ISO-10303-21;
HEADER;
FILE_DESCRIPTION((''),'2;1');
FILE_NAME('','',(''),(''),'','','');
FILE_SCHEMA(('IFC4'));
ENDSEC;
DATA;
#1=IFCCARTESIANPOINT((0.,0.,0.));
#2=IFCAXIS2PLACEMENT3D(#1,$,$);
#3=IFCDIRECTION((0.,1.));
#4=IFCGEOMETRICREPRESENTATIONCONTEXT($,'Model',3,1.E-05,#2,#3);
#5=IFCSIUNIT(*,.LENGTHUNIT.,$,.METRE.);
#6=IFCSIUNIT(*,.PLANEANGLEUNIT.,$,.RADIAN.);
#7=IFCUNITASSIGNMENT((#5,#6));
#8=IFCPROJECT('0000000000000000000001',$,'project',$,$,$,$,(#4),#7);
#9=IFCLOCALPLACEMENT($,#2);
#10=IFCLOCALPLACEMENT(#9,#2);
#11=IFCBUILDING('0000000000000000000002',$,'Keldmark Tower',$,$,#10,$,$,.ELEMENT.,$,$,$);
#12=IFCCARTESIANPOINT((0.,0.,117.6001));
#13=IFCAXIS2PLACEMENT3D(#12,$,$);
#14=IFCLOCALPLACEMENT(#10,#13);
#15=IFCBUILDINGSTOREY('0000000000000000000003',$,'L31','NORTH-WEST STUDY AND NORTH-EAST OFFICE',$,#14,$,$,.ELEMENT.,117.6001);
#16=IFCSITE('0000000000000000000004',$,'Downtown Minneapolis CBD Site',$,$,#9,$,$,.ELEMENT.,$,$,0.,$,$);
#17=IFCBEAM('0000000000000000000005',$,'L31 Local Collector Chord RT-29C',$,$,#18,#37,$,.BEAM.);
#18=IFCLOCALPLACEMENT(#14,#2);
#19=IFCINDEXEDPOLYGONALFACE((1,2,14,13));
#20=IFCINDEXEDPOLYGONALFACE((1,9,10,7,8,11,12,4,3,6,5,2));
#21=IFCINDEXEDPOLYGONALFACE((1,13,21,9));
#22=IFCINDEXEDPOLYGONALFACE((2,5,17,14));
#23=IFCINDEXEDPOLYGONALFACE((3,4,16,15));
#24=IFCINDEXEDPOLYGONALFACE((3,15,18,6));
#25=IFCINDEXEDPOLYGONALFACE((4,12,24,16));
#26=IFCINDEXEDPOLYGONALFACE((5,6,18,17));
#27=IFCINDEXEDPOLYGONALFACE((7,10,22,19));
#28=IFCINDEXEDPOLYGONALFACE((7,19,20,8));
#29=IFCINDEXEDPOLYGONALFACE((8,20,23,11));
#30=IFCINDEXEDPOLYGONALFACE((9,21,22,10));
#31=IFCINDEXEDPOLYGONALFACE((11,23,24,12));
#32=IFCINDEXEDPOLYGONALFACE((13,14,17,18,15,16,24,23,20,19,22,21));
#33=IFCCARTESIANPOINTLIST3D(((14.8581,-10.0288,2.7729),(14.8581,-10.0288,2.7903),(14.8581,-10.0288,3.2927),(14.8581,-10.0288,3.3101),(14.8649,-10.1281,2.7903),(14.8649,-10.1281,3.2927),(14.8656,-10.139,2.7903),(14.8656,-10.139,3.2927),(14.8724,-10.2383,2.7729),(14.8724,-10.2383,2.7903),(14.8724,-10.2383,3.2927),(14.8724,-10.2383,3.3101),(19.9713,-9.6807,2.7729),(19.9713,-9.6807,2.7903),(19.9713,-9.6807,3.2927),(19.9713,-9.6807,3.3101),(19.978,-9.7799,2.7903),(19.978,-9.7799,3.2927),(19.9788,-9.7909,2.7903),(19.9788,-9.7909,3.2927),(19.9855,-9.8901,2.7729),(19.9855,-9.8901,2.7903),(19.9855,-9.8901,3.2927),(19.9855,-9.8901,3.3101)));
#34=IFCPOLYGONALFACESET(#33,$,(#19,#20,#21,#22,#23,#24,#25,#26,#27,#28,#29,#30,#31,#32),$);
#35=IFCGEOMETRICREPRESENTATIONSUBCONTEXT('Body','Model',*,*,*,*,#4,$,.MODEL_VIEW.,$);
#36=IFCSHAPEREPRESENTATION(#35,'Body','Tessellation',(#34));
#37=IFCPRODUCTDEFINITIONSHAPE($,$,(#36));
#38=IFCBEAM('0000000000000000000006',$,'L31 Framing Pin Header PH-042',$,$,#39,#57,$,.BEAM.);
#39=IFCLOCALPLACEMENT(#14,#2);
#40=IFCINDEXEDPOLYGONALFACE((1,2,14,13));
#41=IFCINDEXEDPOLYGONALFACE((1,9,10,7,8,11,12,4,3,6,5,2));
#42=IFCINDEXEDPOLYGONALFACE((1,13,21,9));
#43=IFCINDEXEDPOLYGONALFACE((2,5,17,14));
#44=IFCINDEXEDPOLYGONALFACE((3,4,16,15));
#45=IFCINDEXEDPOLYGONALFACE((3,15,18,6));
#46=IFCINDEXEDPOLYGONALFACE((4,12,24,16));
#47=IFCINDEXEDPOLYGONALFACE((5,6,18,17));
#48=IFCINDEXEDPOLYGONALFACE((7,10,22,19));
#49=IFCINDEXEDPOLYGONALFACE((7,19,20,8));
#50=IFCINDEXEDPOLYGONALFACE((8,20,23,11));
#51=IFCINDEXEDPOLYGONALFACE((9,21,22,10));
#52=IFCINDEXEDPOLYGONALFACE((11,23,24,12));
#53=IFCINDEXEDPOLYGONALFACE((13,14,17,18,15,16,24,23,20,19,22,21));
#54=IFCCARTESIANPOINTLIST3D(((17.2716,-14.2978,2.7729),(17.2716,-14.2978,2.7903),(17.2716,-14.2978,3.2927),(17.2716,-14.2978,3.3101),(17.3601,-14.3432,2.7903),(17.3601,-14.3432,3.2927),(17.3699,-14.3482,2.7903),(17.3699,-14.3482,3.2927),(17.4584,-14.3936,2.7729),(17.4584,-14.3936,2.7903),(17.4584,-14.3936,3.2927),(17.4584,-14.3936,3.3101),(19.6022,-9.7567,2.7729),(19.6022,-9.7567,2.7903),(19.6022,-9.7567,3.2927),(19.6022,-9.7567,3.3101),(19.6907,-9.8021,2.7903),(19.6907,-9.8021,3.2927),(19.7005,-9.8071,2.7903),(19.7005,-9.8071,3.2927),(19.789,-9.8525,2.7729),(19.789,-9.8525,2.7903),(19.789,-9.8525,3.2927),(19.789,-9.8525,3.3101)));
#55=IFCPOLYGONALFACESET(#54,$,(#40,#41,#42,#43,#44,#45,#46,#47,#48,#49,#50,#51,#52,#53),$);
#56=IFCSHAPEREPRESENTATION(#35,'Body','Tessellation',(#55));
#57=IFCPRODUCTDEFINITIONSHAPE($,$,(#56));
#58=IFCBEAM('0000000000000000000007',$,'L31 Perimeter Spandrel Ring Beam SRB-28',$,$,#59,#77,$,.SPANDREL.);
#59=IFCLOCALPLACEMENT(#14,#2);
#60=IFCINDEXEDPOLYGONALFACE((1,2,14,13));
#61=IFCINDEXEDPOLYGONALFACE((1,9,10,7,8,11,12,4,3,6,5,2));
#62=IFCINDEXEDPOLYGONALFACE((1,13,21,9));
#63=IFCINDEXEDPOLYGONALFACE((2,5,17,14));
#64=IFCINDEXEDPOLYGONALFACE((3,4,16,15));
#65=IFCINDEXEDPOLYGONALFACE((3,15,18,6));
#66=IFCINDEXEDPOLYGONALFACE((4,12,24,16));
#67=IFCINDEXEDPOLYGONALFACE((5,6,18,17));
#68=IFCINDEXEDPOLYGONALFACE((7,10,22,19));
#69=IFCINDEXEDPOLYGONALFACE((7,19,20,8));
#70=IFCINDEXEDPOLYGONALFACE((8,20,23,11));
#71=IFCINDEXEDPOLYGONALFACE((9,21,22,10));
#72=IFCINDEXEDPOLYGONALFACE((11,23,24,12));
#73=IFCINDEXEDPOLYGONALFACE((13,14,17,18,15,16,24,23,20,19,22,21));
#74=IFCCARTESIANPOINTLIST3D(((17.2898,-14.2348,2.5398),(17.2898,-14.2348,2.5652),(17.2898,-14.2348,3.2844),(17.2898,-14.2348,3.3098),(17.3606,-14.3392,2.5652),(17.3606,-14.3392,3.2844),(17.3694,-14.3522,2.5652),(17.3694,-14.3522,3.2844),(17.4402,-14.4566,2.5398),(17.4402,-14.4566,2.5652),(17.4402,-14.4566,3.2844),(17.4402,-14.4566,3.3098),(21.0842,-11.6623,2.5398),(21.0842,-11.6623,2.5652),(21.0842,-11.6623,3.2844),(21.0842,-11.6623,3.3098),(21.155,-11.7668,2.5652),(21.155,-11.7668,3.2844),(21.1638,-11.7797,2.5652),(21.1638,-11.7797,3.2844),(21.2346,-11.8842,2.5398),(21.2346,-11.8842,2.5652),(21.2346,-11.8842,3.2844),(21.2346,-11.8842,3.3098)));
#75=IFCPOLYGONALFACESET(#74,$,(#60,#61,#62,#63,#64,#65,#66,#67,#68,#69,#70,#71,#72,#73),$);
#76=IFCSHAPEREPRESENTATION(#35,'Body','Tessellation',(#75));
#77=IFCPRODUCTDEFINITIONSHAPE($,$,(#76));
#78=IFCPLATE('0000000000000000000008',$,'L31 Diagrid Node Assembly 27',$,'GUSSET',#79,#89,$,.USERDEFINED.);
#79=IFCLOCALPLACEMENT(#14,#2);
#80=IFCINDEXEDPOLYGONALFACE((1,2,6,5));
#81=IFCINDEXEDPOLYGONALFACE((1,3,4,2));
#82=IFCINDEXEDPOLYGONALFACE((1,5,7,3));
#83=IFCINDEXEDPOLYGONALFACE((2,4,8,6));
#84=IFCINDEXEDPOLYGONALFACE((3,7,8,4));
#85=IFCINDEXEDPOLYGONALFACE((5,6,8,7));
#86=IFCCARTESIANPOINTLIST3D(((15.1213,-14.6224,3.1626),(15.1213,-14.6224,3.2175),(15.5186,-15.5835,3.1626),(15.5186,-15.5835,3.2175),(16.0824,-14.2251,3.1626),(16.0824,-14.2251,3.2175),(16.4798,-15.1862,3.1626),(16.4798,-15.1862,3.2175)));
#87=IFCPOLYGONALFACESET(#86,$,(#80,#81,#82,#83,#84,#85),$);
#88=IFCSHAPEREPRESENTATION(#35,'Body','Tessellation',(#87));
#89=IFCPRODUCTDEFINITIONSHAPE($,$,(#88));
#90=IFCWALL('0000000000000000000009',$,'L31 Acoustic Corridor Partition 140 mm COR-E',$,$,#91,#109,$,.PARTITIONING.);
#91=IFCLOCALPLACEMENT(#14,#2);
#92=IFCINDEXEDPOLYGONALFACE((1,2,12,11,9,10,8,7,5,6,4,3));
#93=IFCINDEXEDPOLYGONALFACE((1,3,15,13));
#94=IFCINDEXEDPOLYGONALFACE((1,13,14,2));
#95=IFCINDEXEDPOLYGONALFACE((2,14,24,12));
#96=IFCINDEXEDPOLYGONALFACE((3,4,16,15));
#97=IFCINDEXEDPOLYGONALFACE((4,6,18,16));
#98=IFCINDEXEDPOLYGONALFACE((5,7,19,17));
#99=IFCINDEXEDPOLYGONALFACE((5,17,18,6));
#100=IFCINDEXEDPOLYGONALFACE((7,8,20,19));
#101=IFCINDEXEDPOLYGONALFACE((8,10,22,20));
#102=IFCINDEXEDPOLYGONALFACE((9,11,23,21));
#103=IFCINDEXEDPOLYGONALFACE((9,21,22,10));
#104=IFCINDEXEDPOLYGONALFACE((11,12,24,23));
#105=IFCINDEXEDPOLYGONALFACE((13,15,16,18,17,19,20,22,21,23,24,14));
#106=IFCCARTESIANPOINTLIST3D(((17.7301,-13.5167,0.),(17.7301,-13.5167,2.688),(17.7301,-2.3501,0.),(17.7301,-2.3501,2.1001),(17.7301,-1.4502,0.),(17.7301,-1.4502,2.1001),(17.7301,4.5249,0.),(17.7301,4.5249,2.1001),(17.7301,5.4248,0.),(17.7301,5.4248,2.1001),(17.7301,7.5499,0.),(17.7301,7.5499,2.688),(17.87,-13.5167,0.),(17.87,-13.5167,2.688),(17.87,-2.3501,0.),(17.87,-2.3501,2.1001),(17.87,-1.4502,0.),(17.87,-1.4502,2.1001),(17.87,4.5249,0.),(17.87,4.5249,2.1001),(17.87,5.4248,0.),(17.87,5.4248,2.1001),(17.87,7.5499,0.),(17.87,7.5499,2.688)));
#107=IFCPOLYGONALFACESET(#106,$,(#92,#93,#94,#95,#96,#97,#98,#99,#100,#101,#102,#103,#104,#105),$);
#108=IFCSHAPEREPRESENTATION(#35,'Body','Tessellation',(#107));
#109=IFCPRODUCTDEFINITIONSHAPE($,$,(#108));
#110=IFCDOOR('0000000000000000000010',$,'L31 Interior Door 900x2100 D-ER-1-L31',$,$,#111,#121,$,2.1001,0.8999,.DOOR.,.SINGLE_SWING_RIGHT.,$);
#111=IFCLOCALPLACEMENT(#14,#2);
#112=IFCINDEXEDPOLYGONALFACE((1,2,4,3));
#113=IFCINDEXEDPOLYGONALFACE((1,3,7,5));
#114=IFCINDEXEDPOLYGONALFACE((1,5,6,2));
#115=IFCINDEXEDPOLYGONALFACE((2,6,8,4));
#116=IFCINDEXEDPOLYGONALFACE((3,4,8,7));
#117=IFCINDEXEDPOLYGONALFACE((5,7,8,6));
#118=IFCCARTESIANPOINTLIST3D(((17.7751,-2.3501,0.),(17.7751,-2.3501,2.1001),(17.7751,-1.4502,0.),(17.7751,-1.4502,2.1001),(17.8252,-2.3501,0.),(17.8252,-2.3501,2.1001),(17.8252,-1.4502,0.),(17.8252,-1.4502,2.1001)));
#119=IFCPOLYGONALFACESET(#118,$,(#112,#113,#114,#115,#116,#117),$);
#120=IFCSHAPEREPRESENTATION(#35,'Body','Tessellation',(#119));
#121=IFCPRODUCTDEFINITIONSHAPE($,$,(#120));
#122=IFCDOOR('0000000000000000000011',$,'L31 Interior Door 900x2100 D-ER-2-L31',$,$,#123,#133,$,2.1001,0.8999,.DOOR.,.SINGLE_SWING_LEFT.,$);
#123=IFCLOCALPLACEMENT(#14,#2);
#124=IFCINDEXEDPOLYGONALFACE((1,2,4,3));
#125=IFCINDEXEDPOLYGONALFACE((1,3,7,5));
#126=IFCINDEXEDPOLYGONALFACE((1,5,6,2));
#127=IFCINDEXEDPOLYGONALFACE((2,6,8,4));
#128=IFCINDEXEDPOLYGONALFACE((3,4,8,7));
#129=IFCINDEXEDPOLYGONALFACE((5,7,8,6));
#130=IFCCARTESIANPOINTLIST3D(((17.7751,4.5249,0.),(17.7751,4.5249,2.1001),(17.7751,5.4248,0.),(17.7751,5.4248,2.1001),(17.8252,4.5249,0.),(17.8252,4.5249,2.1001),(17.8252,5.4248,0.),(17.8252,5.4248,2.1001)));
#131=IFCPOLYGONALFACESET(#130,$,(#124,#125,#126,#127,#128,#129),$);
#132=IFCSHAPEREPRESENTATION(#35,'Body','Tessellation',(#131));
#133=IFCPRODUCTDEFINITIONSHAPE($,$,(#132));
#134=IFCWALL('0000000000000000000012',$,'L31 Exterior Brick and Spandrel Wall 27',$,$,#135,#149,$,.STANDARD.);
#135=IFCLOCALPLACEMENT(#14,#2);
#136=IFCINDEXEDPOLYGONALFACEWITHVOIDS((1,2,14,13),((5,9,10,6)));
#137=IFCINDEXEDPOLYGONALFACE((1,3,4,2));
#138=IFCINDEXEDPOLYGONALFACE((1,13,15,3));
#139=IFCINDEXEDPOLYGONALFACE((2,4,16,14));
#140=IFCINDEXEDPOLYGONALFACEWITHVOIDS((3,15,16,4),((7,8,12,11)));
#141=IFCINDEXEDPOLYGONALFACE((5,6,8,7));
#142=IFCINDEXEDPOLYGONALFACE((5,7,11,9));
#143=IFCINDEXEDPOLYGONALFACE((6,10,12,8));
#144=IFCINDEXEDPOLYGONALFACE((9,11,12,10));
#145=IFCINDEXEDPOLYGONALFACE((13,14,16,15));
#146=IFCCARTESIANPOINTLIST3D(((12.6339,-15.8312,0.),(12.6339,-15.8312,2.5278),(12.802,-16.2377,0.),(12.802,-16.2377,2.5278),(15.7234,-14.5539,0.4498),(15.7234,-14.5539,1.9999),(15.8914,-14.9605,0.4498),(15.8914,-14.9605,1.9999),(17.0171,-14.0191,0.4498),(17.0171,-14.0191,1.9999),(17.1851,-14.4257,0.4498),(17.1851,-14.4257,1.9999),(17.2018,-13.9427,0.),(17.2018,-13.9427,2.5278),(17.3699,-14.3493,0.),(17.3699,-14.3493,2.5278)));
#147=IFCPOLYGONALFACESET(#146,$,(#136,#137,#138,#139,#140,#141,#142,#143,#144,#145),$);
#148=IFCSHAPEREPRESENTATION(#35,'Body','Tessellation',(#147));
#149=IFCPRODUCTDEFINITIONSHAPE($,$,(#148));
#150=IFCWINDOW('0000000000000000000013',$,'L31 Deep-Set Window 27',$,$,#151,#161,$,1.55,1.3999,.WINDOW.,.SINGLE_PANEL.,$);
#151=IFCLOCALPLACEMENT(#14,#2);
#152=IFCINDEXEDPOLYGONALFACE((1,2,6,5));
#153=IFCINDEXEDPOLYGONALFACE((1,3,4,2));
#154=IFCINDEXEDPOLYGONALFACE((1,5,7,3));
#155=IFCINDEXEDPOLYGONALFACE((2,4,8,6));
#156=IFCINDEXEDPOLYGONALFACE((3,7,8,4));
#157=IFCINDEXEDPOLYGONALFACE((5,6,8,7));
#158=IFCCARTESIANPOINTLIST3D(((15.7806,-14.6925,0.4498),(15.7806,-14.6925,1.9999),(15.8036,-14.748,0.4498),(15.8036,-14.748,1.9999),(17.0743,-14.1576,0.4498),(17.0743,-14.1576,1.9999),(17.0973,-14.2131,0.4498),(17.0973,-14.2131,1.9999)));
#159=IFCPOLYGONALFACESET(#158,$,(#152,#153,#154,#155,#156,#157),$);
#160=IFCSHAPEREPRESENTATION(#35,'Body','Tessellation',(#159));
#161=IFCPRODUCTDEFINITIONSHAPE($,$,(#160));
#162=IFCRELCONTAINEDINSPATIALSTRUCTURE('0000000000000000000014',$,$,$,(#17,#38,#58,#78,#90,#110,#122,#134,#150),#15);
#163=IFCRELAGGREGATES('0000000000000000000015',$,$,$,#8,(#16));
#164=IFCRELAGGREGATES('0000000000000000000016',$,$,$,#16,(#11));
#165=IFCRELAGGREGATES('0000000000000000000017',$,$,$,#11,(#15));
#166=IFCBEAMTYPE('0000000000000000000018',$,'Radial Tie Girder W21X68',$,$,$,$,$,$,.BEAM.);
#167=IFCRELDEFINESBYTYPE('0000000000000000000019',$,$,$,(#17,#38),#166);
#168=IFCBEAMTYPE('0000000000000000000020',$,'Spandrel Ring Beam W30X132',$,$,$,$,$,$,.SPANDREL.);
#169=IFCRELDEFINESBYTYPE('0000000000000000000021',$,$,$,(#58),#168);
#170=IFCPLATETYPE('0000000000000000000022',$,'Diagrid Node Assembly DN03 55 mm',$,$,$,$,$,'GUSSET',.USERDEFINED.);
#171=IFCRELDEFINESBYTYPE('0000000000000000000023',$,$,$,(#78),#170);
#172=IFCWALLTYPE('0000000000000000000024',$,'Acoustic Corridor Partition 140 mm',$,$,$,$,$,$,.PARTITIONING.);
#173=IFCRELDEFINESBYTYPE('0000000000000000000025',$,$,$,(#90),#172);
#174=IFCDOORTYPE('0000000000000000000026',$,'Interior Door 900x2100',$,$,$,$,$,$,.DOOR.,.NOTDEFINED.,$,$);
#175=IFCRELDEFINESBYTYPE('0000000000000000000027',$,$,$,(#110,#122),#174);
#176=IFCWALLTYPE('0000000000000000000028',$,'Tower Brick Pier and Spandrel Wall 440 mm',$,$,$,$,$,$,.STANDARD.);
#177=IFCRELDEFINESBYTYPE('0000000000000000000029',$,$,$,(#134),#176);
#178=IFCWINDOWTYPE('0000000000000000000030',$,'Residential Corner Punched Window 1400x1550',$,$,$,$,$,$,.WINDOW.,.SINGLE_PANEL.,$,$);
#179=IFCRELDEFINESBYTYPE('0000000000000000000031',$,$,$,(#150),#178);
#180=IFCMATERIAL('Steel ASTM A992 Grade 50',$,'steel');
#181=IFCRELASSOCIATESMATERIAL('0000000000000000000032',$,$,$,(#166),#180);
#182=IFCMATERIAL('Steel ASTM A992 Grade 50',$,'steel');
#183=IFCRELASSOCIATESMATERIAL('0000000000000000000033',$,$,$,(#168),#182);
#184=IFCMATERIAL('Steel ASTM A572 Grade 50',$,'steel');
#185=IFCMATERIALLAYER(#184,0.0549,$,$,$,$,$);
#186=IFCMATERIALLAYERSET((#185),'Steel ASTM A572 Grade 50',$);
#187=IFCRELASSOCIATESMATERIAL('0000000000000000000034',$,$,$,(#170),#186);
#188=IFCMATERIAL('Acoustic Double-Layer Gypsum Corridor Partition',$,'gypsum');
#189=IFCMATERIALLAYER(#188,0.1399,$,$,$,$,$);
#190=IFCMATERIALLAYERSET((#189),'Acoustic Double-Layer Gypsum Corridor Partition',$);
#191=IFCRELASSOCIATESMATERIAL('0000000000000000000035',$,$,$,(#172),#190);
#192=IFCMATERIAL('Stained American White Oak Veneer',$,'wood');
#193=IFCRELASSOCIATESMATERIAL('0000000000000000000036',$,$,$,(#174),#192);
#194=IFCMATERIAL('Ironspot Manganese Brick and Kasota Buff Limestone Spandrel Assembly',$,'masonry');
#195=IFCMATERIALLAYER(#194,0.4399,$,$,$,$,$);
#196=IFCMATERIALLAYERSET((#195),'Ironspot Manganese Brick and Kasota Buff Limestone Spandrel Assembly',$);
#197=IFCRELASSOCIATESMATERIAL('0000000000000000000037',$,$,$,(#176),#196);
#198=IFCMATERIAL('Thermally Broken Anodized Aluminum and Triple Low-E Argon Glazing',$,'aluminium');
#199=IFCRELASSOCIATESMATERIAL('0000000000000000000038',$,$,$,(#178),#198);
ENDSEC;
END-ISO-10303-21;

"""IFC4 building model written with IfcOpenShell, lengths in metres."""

from ifc_helpers import new_model, si_unit, direction, frame, frame_2d, origin, origin_2d, place, context, subcontext, project, spatial, rectangle, i_section, extrude, material, layer, layer_set, material_profile, profile_set, type_object, element, fill, save


model = new_model("IFC4")

# Units and contexts
model_context = context("Model", 3, precision=1e-05, world=origin(), true_north=direction((0.0, 1.0)))
body_context = subcontext(model_context, "Body", "Model", "MODEL_VIEW")
ifc_project = project(units=[si_unit("LENGTHUNIT", "METRE"), si_unit("PLANEANGLEUNIT", "RADIAN")], contexts=[model_context])

# Site, building, storey
site_placement = place(None, origin())
site = spatial("IfcSite", under=ifc_project, at=site_placement, Name="Downtown Minneapolis CBD Site", CompositionType="ELEMENT", RefElevation=0.0)
building_placement = place(site_placement, origin())
building = spatial("IfcBuilding", under=site, at=building_placement, Name="Keldmark Tower", CompositionType="ELEMENT")
storey_placement = place(building_placement, frame((0.0, 0.0, 117.6001)))
storey = spatial("IfcBuildingStorey", under=building, at=storey_placement, Name="L31", Description="NORTH-WEST STUDY AND NORTH-EAST OFFICE", CompositionType="ELEMENT", Elevation=117.6001)

# Beams
ifc_material_1 = material(Name="Steel ASTM A992 Grade 50", Category="steel")
ifc_material_profile_1 = material_profile(ifc_material_1, i_section(OverallWidth=0.21, OverallDepth=0.5371, WebThickness=0.011, FlangeThickness=0.0173, at=origin_2d()), Name="W21X68")
ifc_profile_set_1 = profile_set([ifc_material_profile_1], Name="Steel ASTM A992 Grade 50")
beam_type_1 = type_object("IfcBeamType", Name="Radial Tie Girder W21X68", PredefinedType="BEAM", material=ifc_profile_set_1)
beam_1_placement = place(storey_placement, frame((14.8652, -10.1335, 3.0415), z_axis=(0.99769, 0.067929, 0.0), x_axis=(-0.067929, 0.99769, 0.0)))
element("IfcBeam", 1, at=beam_1_placement, inside=storey, type_object=beam_type_1, Name="L31 Local Collector Chord RT-29C", PredefinedType="BEAM", context=body_context, shape_type="SweptSolid", body=[
    extrude(i_section(OverallWidth=0.21, OverallDepth=0.5371, WebThickness=0.011, FlangeThickness=0.0173, at=origin_2d()), origin(), (0.0, 0.0, 1.0), 5.125),
])
beam_2_placement = place(storey_placement, frame((17.365, -14.3457, 3.0415), z_axis=(0.456602, 0.889671, 0.0), x_axis=(-0.889671, 0.456602, 0.0)))
element("IfcBeam", 2, at=beam_2_placement, inside=storey, type_object=beam_type_1, Name="L31 Framing Pin Header PH-042", PredefinedType="BEAM", context=body_context, shape_type="SweptSolid", body=[
    extrude(i_section(OverallWidth=0.21, OverallDepth=0.5371, WebThickness=0.011, FlangeThickness=0.0173, at=origin_2d()), origin(), (0.0, 0.0, 1.0), 5.1042),
])
ifc_material_2 = material(Name="Steel ASTM A992 Grade 50", Category="steel")
ifc_material_profile_2 = material_profile(ifc_material_2, i_section(OverallWidth=0.2681, OverallDepth=0.77, WebThickness=0.0156, FlangeThickness=0.0254, at=origin_2d()), Name="W30X132")
ifc_profile_set_2 = profile_set([ifc_material_profile_2], Name="Steel ASTM A992 Grade 50")
beam_type_2 = type_object("IfcBeamType", Name="Spandrel Ring Beam W30X132", PredefinedType="SPANDREL", material=ifc_profile_set_2)
beam_3_placement = place(storey_placement, frame((17.365, -14.3457, 2.9248), z_axis=(0.827707, 0.56116, 0.0), x_axis=(-0.56116, 0.827707, 0.0)))
element("IfcBeam", 3, at=beam_3_placement, inside=storey, type_object=beam_type_2, Name="L31 Perimeter Spandrel Ring Beam SRB-28", PredefinedType="SPANDREL", context=body_context, shape_type="SweptSolid", body=[
    extrude(i_section(OverallWidth=0.2681, OverallDepth=0.77, WebThickness=0.0156, FlangeThickness=0.0254, at=origin_2d()), origin(), (0.0, 0.0, 1.0), 4.5842),
])

# Plate
ifc_material_3 = material(Name="Steel ASTM A572 Grade 50", Category="steel")
ifc_layer_1 = layer(ifc_material_3, 0.0549)
ifc_layer_set_1 = layer_set([ifc_layer_1], Name="Steel ASTM A572 Grade 50")
plate_type = type_object("IfcPlateType", Name="Diagrid Node Assembly DN03 55 mm", ElementType="GUSSET", PredefinedType="USERDEFINED", material=ifc_layer_set_1)
plate_placement = place(storey_placement, frame((15.8005, -14.9043, 3.1626), z_axis=(0.0, 0.0, 1.0), x_axis=(0.924146, 0.382038, 0.0)))
element("IfcPlate", 4, at=plate_placement, inside=storey, type_object=plate_type, Name="L31 Diagrid Node Assembly 27", ObjectType="GUSSET", PredefinedType="USERDEFINED", context=body_context, shape_type="SweptSolid", body=[
    extrude(rectangle(XDim=1.04, YDim=1.04, at=origin_2d()), origin(), (0.0, 0.0, 1.0), 0.0549),
])

# Wall, openings, doors
ifc_material_4 = material(Name="Acoustic Double-Layer Gypsum Corridor Partition", Category="gypsum")
ifc_layer_2 = layer(ifc_material_4, 0.1399)
ifc_layer_set_2 = layer_set([ifc_layer_2], Name="Acoustic Double-Layer Gypsum Corridor Partition")
wall_type_1 = type_object("IfcWallType", Name="Acoustic Corridor Partition 140 mm", PredefinedType="PARTITIONING", material=ifc_layer_set_2)
wall_1_placement = place(storey_placement, frame((17.8, -13.5166, 0.0), z_axis=(0.0, 0.0, 1.0), x_axis=(0.0, 1.0, 0.0)))
wall_1 = element("IfcWall", 5, at=wall_1_placement, inside=storey, type_object=wall_type_1, Name="L31 Acoustic Corridor Partition 140 mm COR-E", PredefinedType="PARTITIONING", context=body_context, shape_type="SweptSolid", body=[
    extrude(rectangle(XDim=21.0667, YDim=0.1399, at=frame_2d((10.5332, 0.0))), origin(), (0.0, 0.0, 1.0), 2.688),
])
opening_1_placement = place(wall_1_placement, frame((11.1665, 0.0, 0.0)))
opening_1 = element("IfcOpeningElement", 6, at=opening_1_placement, cuts=wall_1, PredefinedType="OPENING", context=body_context, shape_type="SweptSolid", body=[
    extrude(rectangle(XDim=0.8999, YDim=2.1001, at=frame_2d((0.45, 1.05))), frame((0.0, 0.0798, 0.0), z_axis=(0.0, -1.0, 0.0), x_axis=(1.0, 0.0, 0.0)), (0.0, 0.0, 1.0), 0.1599),
])
opening_2_placement = place(wall_1_placement, frame((18.0415, 0.0, 0.0)))
opening_2 = element("IfcOpeningElement", 7, at=opening_2_placement, cuts=wall_1, PredefinedType="OPENING", context=body_context, shape_type="SweptSolid", body=[
    extrude(rectangle(XDim=0.8999, YDim=2.1001, at=frame_2d((0.45, 1.05))), frame((0.0, 0.0798, 0.0), z_axis=(0.0, -1.0, 0.0), x_axis=(1.0, 0.0, 0.0)), (0.0, 0.0, 1.0), 0.1599),
])
ifc_material_5 = material(Name="Stained American White Oak Veneer", Category="wood")
door_type = type_object("IfcDoorType", Name="Interior Door 900x2100", OperationType="NOTDEFINED", PredefinedType="DOOR", material=ifc_material_5)
door_1_placement = place(opening_1_placement, origin())
door_1 = element("IfcDoor", 8, at=door_1_placement, inside=storey, type_object=door_type, Name="L31 Interior Door 900x2100 D-ER-1-L31", OperationType="SINGLE_SWING_RIGHT", OverallHeight=2.1001, OverallWidth=0.8999, PredefinedType="DOOR", context=body_context, shape_type="SweptSolid", body=[
    extrude(rectangle(XDim=0.8999, YDim=2.1001, at=frame_2d((0.45, 1.05))), frame((0.0, 0.0249, 0.0), z_axis=(0.0, -1.0, 0.0), x_axis=(1.0, 0.0, 0.0)), (0.0, 0.0, 1.0), 0.05),
])
fill(opening_1, door_1)
door_2_placement = place(opening_2_placement, origin())
door_2 = element("IfcDoor", 9, at=door_2_placement, inside=storey, type_object=door_type, Name="L31 Interior Door 900x2100 D-ER-2-L31", OperationType="SINGLE_SWING_LEFT", OverallHeight=2.1001, OverallWidth=0.8999, PredefinedType="DOOR", context=body_context, shape_type="SweptSolid", body=[
    extrude(rectangle(XDim=0.8999, YDim=2.1001, at=frame_2d((0.45, 1.05))), frame((0.0, 0.0249, 0.0), z_axis=(0.0, -1.0, 0.0), x_axis=(1.0, 0.0, 0.0)), (0.0, 0.0, 1.0), 0.05),
])
fill(opening_2, door_2)

# Wall, opening, window
ifc_material_6 = material(Name="Ironspot Manganese Brick and Kasota Buff Limestone Spandrel Assembly", Category="masonry")
ifc_layer_3 = layer(ifc_material_6, 0.4399)
ifc_layer_set_3 = layer_set([ifc_layer_3], Name="Ironspot Manganese Brick and Kasota Buff Limestone Spandrel Assembly")
wall_type_2 = type_object("IfcWallType", Name="Tower Brick Pier and Spandrel Wall 440 mm", PredefinedType="STANDARD", material=ifc_layer_set_3)
wall_2_placement = place(storey_placement, frame((17.2859, -14.146, 0.0), z_axis=(0.0, 0.0, 1.0), x_axis=(-0.92414, -0.382054, 0.0)))
wall_2 = element("IfcWall", 10, at=wall_2_placement, inside=storey, type_object=wall_type_2, Name="L31 Exterior Brick and Spandrel Wall 27", PredefinedType="STANDARD", context=body_context, shape_type="SweptSolid", body=[
    extrude(rectangle(XDim=4.9429, YDim=0.4399, at=frame_2d((2.4714, 0.0))), origin(), (0.0, 0.0, 1.0), 2.5278),
])
opening_3_placement = place(wall_2_placement, frame((0.2, 0.0, 0.45)))
opening_3 = element("IfcOpeningElement", 11, at=opening_3_placement, cuts=wall_2, PredefinedType="OPENING", context=body_context, shape_type="SweptSolid", body=[
    extrude(rectangle(XDim=1.3999, YDim=1.55, at=frame_2d((0.7, 0.7749))), frame((0.0, 0.23, 0.0), z_axis=(0.0, -1.0, 0.0), x_axis=(1.0, 0.0, 0.0)), (0.0, 0.0, 1.0), 0.46),
])
ifc_material_7 = material(Name="Thermally Broken Anodized Aluminum and Triple Low-E Argon Glazing", Category="aluminium")
window_type = type_object("IfcWindowType", Name="Residential Corner Punched Window 1400x1550", PartitioningType="SINGLE_PANEL", PredefinedType="WINDOW", material=ifc_material_7)
window_placement = place(opening_3_placement, origin())
window = element("IfcWindow", 12, at=window_placement, inside=storey, type_object=window_type, Name="L31 Deep-Set Window 27", OverallHeight=1.55, OverallWidth=1.3999, PartitioningType="SINGLE_PANEL", PredefinedType="WINDOW", context=body_context, shape_type="SweptSolid", body=[
    extrude(rectangle(XDim=1.3999, YDim=1.55, at=frame_2d((0.7, 0.7749))), frame((0.0, -0.01, 0.0), z_axis=(0.0, -1.0, 0.0), x_axis=(1.0, 0.0, 0.0)), (0.0, 0.0, 1.0), 0.0601),
])
fill(opening_3, window)

save(model, "model.ifc")
